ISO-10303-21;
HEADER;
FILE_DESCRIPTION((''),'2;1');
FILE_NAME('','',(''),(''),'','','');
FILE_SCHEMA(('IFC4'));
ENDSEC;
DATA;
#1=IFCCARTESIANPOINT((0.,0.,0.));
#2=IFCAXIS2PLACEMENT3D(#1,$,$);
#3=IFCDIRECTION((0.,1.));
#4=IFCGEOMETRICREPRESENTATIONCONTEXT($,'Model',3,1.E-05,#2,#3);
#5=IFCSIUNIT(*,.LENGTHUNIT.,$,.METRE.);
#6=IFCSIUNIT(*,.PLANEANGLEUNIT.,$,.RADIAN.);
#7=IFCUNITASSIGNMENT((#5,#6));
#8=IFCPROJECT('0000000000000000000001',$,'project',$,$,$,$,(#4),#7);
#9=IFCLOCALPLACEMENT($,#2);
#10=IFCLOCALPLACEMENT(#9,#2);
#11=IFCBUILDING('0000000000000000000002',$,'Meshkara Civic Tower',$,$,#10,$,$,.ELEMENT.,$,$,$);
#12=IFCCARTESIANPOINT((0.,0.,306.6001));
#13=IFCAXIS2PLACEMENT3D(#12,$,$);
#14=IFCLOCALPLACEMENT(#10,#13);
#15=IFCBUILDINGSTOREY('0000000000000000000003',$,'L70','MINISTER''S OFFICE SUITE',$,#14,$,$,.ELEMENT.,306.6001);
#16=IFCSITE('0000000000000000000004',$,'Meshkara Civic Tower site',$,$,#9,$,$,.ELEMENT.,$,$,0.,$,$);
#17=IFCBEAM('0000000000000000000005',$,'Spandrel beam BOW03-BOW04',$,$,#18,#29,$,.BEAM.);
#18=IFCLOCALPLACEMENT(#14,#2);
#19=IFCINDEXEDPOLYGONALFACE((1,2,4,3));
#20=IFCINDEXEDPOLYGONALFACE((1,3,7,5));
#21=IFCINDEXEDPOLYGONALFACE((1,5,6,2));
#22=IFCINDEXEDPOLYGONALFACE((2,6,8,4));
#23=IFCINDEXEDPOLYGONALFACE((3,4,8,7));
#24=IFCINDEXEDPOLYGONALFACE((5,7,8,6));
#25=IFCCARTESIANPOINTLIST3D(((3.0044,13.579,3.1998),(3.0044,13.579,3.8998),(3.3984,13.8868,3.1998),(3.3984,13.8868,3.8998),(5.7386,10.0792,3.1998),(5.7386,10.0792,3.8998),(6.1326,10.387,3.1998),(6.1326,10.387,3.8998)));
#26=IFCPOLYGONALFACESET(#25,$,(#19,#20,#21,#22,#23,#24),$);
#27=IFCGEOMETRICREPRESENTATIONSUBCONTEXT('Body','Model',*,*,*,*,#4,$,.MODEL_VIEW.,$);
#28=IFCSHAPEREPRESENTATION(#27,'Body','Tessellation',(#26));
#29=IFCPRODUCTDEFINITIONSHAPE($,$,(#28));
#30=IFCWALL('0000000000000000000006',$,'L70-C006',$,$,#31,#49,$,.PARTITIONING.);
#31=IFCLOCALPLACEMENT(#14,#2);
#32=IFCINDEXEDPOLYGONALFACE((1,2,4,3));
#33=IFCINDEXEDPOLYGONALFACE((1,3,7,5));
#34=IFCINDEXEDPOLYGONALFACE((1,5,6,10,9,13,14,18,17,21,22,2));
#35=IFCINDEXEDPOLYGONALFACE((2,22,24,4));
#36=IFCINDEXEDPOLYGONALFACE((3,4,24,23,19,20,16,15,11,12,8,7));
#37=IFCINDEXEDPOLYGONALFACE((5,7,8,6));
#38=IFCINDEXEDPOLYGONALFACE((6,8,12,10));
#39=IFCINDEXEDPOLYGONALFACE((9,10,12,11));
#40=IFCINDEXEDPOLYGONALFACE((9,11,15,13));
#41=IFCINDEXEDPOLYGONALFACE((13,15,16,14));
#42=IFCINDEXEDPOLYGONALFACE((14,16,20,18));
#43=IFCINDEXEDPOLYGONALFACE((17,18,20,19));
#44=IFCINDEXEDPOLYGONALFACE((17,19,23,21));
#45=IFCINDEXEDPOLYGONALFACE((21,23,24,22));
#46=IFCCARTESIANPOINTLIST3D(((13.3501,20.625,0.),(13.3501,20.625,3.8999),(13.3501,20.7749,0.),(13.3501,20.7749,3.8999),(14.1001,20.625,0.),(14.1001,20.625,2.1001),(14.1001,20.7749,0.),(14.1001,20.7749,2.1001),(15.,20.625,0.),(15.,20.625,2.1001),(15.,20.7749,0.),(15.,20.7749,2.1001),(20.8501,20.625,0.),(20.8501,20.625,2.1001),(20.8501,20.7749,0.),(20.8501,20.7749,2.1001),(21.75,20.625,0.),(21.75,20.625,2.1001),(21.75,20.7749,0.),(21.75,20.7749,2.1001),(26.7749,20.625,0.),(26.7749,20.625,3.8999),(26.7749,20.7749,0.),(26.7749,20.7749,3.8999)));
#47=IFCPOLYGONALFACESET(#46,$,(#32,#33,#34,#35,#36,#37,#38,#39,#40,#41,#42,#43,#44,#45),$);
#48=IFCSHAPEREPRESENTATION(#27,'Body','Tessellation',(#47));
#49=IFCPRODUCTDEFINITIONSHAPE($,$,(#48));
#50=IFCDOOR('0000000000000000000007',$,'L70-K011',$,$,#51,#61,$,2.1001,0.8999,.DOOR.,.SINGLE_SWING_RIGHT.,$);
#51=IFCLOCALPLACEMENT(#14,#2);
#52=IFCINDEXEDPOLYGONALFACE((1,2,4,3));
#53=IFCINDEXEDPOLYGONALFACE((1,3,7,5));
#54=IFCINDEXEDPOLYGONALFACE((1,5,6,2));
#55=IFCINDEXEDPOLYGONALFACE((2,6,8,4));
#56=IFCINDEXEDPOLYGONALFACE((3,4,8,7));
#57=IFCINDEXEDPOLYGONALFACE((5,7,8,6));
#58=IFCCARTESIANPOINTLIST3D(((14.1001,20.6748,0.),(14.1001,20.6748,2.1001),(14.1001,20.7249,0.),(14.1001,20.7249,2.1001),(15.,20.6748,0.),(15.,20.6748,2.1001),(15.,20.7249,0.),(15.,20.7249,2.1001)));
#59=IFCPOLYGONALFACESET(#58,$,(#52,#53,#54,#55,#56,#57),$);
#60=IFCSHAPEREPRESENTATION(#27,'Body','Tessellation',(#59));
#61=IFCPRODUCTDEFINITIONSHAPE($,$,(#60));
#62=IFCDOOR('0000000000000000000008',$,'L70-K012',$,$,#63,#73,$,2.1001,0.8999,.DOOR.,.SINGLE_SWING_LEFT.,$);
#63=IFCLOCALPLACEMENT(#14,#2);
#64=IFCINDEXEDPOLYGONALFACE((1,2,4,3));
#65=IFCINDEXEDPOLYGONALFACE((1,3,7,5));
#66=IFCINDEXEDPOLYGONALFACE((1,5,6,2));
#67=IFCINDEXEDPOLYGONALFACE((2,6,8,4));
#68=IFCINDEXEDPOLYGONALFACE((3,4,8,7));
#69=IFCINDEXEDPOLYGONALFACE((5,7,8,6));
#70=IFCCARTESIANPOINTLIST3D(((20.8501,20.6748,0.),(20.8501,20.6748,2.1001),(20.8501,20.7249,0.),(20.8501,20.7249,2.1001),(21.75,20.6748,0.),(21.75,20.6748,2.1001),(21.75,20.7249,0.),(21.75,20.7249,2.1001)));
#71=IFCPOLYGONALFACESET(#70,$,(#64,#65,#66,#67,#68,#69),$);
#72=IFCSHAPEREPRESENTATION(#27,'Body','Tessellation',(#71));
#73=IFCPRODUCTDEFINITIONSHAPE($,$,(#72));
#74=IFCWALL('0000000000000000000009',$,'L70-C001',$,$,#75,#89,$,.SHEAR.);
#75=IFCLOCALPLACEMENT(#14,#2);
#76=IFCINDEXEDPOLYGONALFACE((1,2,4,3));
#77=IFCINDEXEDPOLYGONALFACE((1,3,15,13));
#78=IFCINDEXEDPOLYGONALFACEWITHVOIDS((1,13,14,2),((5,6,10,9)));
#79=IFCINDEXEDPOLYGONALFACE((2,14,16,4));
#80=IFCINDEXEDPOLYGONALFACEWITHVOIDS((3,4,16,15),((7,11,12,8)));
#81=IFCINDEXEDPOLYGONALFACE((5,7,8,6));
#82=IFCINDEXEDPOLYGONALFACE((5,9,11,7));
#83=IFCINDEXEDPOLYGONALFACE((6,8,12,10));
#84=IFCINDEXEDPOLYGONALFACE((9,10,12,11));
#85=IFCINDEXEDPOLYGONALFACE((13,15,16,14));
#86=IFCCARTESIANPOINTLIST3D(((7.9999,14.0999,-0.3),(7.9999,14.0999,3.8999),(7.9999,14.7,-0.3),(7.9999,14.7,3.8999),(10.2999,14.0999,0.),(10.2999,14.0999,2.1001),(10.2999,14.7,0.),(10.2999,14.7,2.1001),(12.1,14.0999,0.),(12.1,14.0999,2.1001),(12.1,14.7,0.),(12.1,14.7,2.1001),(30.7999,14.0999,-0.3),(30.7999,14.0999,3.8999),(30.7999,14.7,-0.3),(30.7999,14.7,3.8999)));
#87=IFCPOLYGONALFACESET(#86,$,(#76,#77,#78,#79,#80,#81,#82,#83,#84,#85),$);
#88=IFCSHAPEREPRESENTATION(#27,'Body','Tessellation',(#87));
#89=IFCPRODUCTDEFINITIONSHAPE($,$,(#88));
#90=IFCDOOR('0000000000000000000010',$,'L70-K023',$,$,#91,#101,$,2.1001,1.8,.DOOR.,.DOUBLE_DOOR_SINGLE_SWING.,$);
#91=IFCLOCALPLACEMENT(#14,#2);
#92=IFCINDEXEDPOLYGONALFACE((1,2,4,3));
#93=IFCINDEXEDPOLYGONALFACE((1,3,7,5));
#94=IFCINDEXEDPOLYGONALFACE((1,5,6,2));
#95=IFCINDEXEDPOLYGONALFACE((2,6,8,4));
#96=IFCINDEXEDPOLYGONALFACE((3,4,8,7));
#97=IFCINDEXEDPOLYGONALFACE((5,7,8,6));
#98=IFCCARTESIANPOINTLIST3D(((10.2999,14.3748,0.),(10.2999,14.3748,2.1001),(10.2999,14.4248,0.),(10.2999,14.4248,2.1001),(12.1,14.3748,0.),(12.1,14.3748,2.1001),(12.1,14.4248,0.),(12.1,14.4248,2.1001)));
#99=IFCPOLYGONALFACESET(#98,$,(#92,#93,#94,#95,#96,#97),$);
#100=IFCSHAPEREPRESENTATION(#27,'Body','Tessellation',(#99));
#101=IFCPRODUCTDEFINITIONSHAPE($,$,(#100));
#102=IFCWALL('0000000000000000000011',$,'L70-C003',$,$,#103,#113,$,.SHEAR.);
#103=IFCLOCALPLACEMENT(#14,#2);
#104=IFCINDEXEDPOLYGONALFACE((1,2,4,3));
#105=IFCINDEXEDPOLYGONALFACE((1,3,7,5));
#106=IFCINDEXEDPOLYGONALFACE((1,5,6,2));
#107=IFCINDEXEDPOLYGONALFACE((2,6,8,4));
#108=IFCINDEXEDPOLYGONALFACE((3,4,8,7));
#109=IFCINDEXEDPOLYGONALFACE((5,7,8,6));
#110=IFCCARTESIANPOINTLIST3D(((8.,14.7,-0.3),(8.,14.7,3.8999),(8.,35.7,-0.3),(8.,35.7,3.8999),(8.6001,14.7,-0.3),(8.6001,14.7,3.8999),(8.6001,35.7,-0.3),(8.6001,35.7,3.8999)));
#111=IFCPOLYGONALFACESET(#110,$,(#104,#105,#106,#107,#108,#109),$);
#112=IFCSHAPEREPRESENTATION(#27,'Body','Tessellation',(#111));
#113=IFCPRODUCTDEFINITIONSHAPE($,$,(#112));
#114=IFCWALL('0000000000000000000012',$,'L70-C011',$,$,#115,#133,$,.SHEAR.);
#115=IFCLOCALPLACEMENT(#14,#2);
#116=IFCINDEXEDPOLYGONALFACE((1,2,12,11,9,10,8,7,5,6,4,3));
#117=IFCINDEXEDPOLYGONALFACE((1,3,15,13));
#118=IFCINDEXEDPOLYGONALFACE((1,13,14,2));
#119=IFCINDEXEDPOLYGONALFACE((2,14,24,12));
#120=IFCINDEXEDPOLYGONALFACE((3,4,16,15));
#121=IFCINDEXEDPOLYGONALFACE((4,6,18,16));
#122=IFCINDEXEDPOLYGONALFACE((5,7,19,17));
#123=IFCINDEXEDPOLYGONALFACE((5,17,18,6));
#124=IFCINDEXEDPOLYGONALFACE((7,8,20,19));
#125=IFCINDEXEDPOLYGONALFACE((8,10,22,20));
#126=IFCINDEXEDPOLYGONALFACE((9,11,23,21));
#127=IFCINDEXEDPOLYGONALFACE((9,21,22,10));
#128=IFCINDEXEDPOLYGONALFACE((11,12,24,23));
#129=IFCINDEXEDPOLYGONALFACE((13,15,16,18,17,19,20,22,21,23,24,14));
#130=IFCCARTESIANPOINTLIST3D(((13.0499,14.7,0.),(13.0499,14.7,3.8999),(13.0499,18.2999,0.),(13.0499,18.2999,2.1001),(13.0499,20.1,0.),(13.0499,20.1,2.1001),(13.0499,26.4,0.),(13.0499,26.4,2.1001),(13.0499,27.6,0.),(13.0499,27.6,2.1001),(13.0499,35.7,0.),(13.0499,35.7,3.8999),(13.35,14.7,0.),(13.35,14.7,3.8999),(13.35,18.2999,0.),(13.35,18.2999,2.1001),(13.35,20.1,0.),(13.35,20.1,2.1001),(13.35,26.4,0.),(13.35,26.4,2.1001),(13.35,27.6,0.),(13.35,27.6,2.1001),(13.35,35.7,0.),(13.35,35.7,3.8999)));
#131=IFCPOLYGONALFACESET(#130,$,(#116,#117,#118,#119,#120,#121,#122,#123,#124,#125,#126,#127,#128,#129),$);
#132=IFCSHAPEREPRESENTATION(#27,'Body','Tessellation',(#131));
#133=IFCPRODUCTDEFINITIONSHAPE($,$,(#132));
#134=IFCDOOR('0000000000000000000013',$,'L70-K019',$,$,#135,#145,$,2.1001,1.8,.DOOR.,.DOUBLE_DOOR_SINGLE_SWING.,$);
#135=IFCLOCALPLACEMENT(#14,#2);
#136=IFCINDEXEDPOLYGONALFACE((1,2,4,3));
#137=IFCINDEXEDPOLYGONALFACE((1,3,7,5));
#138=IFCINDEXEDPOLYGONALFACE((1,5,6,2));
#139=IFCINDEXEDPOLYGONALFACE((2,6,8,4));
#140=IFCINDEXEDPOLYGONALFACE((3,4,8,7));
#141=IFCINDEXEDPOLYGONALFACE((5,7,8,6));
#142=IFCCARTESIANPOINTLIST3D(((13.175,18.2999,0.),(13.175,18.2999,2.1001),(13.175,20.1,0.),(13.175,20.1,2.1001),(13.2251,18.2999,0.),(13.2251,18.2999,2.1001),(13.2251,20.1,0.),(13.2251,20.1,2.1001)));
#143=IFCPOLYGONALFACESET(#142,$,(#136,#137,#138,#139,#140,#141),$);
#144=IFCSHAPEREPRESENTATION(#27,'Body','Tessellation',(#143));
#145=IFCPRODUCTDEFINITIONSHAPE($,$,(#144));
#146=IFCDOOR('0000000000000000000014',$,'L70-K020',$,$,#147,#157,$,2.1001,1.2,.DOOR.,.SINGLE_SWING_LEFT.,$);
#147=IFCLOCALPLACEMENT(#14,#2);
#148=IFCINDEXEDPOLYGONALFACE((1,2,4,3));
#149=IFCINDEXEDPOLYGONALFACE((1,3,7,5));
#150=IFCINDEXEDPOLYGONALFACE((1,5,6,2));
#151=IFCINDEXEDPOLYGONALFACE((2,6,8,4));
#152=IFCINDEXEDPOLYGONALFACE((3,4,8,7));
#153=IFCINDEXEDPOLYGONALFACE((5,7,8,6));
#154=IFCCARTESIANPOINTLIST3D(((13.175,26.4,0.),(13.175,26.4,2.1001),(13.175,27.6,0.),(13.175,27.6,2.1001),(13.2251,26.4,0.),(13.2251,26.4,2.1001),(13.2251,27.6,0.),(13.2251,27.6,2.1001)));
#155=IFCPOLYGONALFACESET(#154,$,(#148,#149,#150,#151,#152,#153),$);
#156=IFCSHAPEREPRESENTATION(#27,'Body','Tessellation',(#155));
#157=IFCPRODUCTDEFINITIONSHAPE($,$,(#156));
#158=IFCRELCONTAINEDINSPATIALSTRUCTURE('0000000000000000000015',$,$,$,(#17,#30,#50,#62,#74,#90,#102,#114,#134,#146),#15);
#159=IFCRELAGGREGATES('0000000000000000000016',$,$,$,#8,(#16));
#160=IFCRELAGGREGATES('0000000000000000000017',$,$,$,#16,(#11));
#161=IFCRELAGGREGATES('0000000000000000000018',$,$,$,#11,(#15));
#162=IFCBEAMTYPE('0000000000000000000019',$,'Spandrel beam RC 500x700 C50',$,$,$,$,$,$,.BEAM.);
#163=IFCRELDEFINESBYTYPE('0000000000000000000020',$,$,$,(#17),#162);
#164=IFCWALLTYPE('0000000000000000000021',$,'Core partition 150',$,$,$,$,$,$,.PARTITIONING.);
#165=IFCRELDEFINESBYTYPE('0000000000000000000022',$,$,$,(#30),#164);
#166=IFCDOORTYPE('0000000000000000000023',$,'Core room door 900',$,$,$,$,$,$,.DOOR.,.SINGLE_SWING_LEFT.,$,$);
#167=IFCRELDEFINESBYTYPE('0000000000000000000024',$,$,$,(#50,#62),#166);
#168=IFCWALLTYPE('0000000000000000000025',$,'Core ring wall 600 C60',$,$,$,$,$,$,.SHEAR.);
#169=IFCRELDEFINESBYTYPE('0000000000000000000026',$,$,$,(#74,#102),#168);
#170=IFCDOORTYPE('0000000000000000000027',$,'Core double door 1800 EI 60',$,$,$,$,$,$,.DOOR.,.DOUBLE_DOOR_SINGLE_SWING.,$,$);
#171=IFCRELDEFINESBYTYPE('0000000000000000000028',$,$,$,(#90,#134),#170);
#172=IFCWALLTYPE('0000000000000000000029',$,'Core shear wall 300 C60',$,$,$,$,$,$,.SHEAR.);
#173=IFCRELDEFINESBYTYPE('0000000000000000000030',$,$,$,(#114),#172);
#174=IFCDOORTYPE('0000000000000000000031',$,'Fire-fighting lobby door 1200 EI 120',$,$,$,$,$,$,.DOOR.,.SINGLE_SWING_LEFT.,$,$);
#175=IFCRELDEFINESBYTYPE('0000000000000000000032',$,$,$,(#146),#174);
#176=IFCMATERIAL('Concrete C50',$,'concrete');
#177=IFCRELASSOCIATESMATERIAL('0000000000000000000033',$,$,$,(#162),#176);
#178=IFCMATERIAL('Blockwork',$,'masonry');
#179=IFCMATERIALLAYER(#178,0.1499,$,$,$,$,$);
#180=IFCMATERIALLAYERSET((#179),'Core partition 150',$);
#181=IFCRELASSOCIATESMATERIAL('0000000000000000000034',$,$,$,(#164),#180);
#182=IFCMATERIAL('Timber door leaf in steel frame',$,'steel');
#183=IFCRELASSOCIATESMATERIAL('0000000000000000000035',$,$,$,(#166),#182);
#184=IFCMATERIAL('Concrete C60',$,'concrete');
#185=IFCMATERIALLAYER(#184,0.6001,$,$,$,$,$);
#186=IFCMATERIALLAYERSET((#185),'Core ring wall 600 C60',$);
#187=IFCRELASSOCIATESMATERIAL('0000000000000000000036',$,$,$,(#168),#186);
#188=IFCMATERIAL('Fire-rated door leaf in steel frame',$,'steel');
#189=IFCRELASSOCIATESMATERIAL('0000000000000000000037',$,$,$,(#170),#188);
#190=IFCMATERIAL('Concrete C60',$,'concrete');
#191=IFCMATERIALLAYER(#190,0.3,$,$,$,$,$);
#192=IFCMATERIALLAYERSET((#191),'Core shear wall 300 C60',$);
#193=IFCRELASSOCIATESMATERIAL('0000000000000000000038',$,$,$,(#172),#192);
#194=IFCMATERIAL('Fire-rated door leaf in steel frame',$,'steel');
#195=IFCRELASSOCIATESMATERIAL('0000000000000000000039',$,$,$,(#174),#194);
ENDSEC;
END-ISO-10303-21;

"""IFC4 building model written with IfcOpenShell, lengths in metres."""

from ifc_helpers import new_model, si_unit, direction, frame, frame_2d, origin, origin_2d, place, context, subcontext, project, spatial, rectangle, extrude, material, layer, layer_set, material_profile, profile_set, type_object, element, fill, save


model = new_model("IFC4")

# Units and contexts
model_context = context("Model", 3, precision=1e-05, world=origin(), true_north=direction((0.0, 1.0)))
body_context = subcontext(model_context, "Body", "Model", "MODEL_VIEW")
ifc_project = project(units=[si_unit("LENGTHUNIT", "METRE"), si_unit("PLANEANGLEUNIT", "RADIAN")], contexts=[model_context])

# Site, building, storey
site_placement = place(None, origin())
site = spatial("IfcSite", under=ifc_project, at=site_placement, Name="Meshkara Civic Tower site", CompositionType="ELEMENT", RefElevation=0.0)
building_placement = place(site_placement, origin())
building = spatial("IfcBuilding", under=site, at=building_placement, Name="Meshkara Civic Tower", CompositionType="ELEMENT")
storey_placement = place(building_placement, frame((0.0, 0.0, 306.6001)))
storey = spatial("IfcBuildingStorey", under=building, at=storey_placement, Name="L70", Description="MINISTER'S OFFICE SUITE", CompositionType="ELEMENT", Elevation=306.6001)

# Beam
ifc_material_1 = material(Name="Concrete C50", Category="concrete")
ifc_material_profile = material_profile(ifc_material_1, rectangle(XDim=0.5, YDim=0.7, at=origin_2d()))
ifc_profile_set = profile_set([ifc_material_profile], Name="Concrete C50")
beam_type = type_object("IfcBeamType", Name="Spandrel beam RC 500x700 C50", PredefinedType="BEAM", material=ifc_profile_set)
beam_placement = place(storey_placement, frame((3.2014, 13.7329, 3.5498), z_axis=(0.615637, -0.78803, 0.0), x_axis=(0.78803, 0.615637, 0.0)))
element("IfcBeam", 1, at=beam_placement, inside=storey, type_object=beam_type, Name="Spandrel beam BOW03-BOW04", PredefinedType="BEAM", context=body_context, shape_type="SweptSolid", body=[
    extrude(rectangle(XDim=0.5, YDim=0.7, at=origin_2d()), origin(), (0.0, 0.0, 1.0), 4.4412),
])

# Wall, openings, doors
ifc_material_2 = material(Name="Blockwork", Category="masonry")
ifc_layer_1 = layer(ifc_material_2, 0.1499)
ifc_layer_set_1 = layer_set([ifc_layer_1], Name="Core partition 150")
wall_type_1 = type_object("IfcWallType", Name="Core partition 150", PredefinedType="PARTITIONING", material=ifc_layer_set_1)
wall_1_placement = place(storey_placement, frame((13.3501, 20.7, 0.0), z_axis=(0.0, 0.0, 1.0), x_axis=(1.0, 0.0, 0.0)))
wall_1 = element("IfcWall", 2, at=wall_1_placement, inside=storey, type_object=wall_type_1, Name="L70-C006", PredefinedType="PARTITIONING", context=body_context, shape_type="SweptSolid", body=[
    extrude(rectangle(XDim=13.4248, YDim=0.1499, at=frame_2d((6.7124, 0.0))), origin(), (0.0, 0.0, 1.0), 3.8999),
])
opening_1_placement = place(wall_1_placement, frame((0.75, 0.0, 0.0)))
opening_1 = element("IfcOpeningElement", 3, at=opening_1_placement, cuts=wall_1, PredefinedType="OPENING", context=body_context, shape_type="SweptSolid", body=[
    extrude(rectangle(XDim=0.8999, YDim=2.1001, at=frame_2d((0.45, 1.05))), frame((0.0, 0.085, 0.0), z_axis=(0.0, -1.0, 0.0), x_axis=(1.0, 0.0, 0.0)), (0.0, 0.0, 1.0), 0.1699),
])
opening_2_placement = place(wall_1_placement, frame((7.5, 0.0, 0.0)))
opening_2 = element("IfcOpeningElement", 4, at=opening_2_placement, cuts=wall_1, PredefinedType="OPENING", context=body_context, shape_type="SweptSolid", body=[
    extrude(rectangle(XDim=0.8999, YDim=2.1001, at=frame_2d((0.45, 1.05))), frame((0.0, 0.085, 0.0), z_axis=(0.0, -1.0, 0.0), x_axis=(1.0, 0.0, 0.0)), (0.0, 0.0, 1.0), 0.1699),
])
ifc_material_3 = material(Name="Timber door leaf in steel frame", Category="steel")
door_type_1 = type_object("IfcDoorType", Name="Core room door 900", OperationType="SINGLE_SWING_LEFT", PredefinedType="DOOR", material=ifc_material_3)
door_1_placement = place(opening_1_placement, origin())
door_1 = element("IfcDoor", 5, at=door_1_placement, inside=storey, type_object=door_type_1, Name="L70-K011", OperationType="SINGLE_SWING_RIGHT", OverallHeight=2.1001, OverallWidth=0.8999, PredefinedType="DOOR", context=body_context, shape_type="SweptSolid", body=[
    extrude(rectangle(XDim=0.8999, YDim=2.1001, at=frame_2d((0.45, 1.05))), frame((0.0, 0.0249, 0.0), z_axis=(0.0, -1.0, 0.0), x_axis=(1.0, 0.0, 0.0)), (0.0, 0.0, 1.0), 0.05),
])
fill(opening_1, door_1)
door_2_placement = place(opening_2_placement, origin())
door_2 = element("IfcDoor", 6, at=door_2_placement, inside=storey, type_object=door_type_1, Name="L70-K012", OperationType="SINGLE_SWING_LEFT", OverallHeight=2.1001, OverallWidth=0.8999, PredefinedType="DOOR", context=body_context, shape_type="SweptSolid", body=[
    extrude(rectangle(XDim=0.8999, YDim=2.1001, at=frame_2d((0.45, 1.05))), frame((0.0, 0.0249, 0.0), z_axis=(0.0, -1.0, 0.0), x_axis=(1.0, 0.0, 0.0)), (0.0, 0.0, 1.0), 0.05),
])
fill(opening_2, door_2)

# Wall, opening, door
ifc_material_4 = material(Name="Concrete C60", Category="concrete")
ifc_layer_2 = layer(ifc_material_4, 0.6001)
ifc_layer_set_2 = layer_set([ifc_layer_2], Name="Core ring wall 600 C60")
wall_type_2 = type_object("IfcWallType", Name="Core ring wall 600 C60", PredefinedType="SHEAR", material=ifc_layer_set_2)
wall_2_placement = place(storey_placement, frame((8.0, 14.3999, -0.3), z_axis=(0.0, 0.0, 1.0), x_axis=(1.0, 0.0, 0.0)))
wall_2 = element("IfcWall", 7, at=wall_2_placement, inside=storey, type_object=wall_type_2, Name="L70-C001", PredefinedType="SHEAR", context=body_context, shape_type="SweptSolid", body=[
    extrude(rectangle(XDim=22.8, YDim=0.6001, at=frame_2d((11.3999, 0.0))), origin(), (0.0, 0.0, 1.0), 4.2),
])
opening_3_placement = place(wall_2_placement, frame((2.3, 0.0, 0.3)))
opening_3 = element("IfcOpeningElement", 8, at=opening_3_placement, cuts=wall_2, PredefinedType="OPENING", context=body_context, shape_type="SweptSolid", body=[
    extrude(rectangle(XDim=1.8, YDim=2.1001, at=frame_2d((0.8999, 1.05))), frame((0.0, 0.3101, 0.0), z_axis=(0.0, -1.0, 0.0), x_axis=(1.0, 0.0, 0.0)), (0.0, 0.0, 1.0), 0.6201),
])
ifc_material_5 = material(Name="Fire-rated door leaf in steel frame", Category="steel")
door_type_2 = type_object("IfcDoorType", Name="Core double door 1800 EI 60", OperationType="DOUBLE_DOOR_SINGLE_SWING", PredefinedType="DOOR", material=ifc_material_5)
door_3_placement = place(opening_3_placement, origin())
door_3 = element("IfcDoor", 9, at=door_3_placement, inside=storey, type_object=door_type_2, Name="L70-K023", OperationType="DOUBLE_DOOR_SINGLE_SWING", OverallHeight=2.1001, OverallWidth=1.8, PredefinedType="DOOR", context=body_context, shape_type="SweptSolid", body=[
    extrude(rectangle(XDim=1.8, YDim=2.1001, at=frame_2d((0.8999, 1.05))), frame((0.0, 0.0249, 0.0), z_axis=(0.0, -1.0, 0.0), x_axis=(1.0, 0.0, 0.0)), (0.0, 0.0, 1.0), 0.05),
])
fill(opening_3, door_3)

# Wall
wall_3_placement = place(storey_placement, frame((8.3, 14.7, -0.3), z_axis=(0.0, 0.0, 1.0), x_axis=(0.0, 1.0, 0.0)))
element("IfcWall", 10, at=wall_3_placement, inside=storey, type_object=wall_type_2, Name="L70-C003", PredefinedType="SHEAR", context=body_context, shape_type="SweptSolid", body=[
    extrude(rectangle(XDim=21.0, YDim=0.6001, at=frame_2d((10.5, 0.0))), origin(), (0.0, 0.0, 1.0), 4.2),
])

# Wall, openings, doors
ifc_material_6 = material(Name="Concrete C60", Category="concrete")
ifc_layer_3 = layer(ifc_material_6, 0.3)
ifc_layer_set_3 = layer_set([ifc_layer_3], Name="Core shear wall 300 C60")
wall_type_3 = type_object("IfcWallType", Name="Core shear wall 300 C60", PredefinedType="SHEAR", material=ifc_layer_set_3)
wall_4_placement = place(storey_placement, frame((13.2, 14.7, 0.0), z_axis=(0.0, 0.0, 1.0), x_axis=(0.0, 1.0, 0.0)))
wall_4 = element("IfcWall", 11, at=wall_4_placement, inside=storey, type_object=wall_type_3, Name="L70-C011", PredefinedType="SHEAR", context=body_context, shape_type="SweptSolid", body=[
    extrude(rectangle(XDim=21.0, YDim=0.3, at=frame_2d((10.5, 0.0))), origin(), (0.0, 0.0, 1.0), 3.8999),
])
opening_4_placement = place(wall_4_placement, frame((3.6001, 0.0, 0.0)))
opening_4 = element("IfcOpeningElement", 12, at=opening_4_placement, cuts=wall_4, PredefinedType="OPENING", context=body_context, shape_type="SweptSolid", body=[
    extrude(rectangle(XDim=1.8, YDim=2.1001, at=frame_2d((0.8999, 1.05))), frame((0.0, 0.1599, 0.0), z_axis=(0.0, -1.0, 0.0), x_axis=(1.0, 0.0, 0.0)), (0.0, 0.0, 1.0), 0.3201),
])
opening_5_placement = place(wall_4_placement, frame((11.7, 0.0, 0.0)))
opening_5 = element("IfcOpeningElement", 13, at=opening_5_placement, cuts=wall_4, PredefinedType="OPENING", context=body_context, shape_type="SweptSolid", body=[
    extrude(rectangle(XDim=1.2, YDim=2.1001, at=frame_2d((0.6001, 1.05))), frame((0.0, 0.1599, 0.0), z_axis=(0.0, -1.0, 0.0), x_axis=(1.0, 0.0, 0.0)), (0.0, 0.0, 1.0), 0.3201),
])
door_4_placement = place(opening_4_placement, origin())
door_4 = element("IfcDoor", 14, at=door_4_placement, inside=storey, type_object=door_type_2, Name="L70-K019", OperationType="DOUBLE_DOOR_SINGLE_SWING", OverallHeight=2.1001, OverallWidth=1.8, PredefinedType="DOOR", context=body_context, shape_type="SweptSolid", body=[
    extrude(rectangle(XDim=1.8, YDim=2.1001, at=frame_2d((0.8999, 1.05))), frame((0.0, 0.0249, 0.0), z_axis=(0.0, -1.0, 0.0), x_axis=(1.0, 0.0, 0.0)), (0.0, 0.0, 1.0), 0.05),
])
fill(opening_4, door_4)
ifc_material_7 = material(Name="Fire-rated door leaf in steel frame", Category="steel")
door_type_3 = type_object("IfcDoorType", Name="Fire-fighting lobby door 1200 EI 120", OperationType="SINGLE_SWING_LEFT", PredefinedType="DOOR", material=ifc_material_7)
door_5_placement = place(opening_5_placement, origin())
door_5 = element("IfcDoor", 15, at=door_5_placement, inside=storey, type_object=door_type_3, Name="L70-K020", OperationType="SINGLE_SWING_LEFT", OverallHeight=2.1001, OverallWidth=1.2, PredefinedType="DOOR", context=body_context, shape_type="SweptSolid", body=[
    extrude(rectangle(XDim=1.2, YDim=2.1001, at=frame_2d((0.6001, 1.05))), frame((0.0, 0.0249, 0.0), z_axis=(0.0, -1.0, 0.0), x_axis=(1.0, 0.0, 0.0)), (0.0, 0.0, 1.0), 0.05),
])
fill(opening_5, door_5)

save(model, "model.ifc")
